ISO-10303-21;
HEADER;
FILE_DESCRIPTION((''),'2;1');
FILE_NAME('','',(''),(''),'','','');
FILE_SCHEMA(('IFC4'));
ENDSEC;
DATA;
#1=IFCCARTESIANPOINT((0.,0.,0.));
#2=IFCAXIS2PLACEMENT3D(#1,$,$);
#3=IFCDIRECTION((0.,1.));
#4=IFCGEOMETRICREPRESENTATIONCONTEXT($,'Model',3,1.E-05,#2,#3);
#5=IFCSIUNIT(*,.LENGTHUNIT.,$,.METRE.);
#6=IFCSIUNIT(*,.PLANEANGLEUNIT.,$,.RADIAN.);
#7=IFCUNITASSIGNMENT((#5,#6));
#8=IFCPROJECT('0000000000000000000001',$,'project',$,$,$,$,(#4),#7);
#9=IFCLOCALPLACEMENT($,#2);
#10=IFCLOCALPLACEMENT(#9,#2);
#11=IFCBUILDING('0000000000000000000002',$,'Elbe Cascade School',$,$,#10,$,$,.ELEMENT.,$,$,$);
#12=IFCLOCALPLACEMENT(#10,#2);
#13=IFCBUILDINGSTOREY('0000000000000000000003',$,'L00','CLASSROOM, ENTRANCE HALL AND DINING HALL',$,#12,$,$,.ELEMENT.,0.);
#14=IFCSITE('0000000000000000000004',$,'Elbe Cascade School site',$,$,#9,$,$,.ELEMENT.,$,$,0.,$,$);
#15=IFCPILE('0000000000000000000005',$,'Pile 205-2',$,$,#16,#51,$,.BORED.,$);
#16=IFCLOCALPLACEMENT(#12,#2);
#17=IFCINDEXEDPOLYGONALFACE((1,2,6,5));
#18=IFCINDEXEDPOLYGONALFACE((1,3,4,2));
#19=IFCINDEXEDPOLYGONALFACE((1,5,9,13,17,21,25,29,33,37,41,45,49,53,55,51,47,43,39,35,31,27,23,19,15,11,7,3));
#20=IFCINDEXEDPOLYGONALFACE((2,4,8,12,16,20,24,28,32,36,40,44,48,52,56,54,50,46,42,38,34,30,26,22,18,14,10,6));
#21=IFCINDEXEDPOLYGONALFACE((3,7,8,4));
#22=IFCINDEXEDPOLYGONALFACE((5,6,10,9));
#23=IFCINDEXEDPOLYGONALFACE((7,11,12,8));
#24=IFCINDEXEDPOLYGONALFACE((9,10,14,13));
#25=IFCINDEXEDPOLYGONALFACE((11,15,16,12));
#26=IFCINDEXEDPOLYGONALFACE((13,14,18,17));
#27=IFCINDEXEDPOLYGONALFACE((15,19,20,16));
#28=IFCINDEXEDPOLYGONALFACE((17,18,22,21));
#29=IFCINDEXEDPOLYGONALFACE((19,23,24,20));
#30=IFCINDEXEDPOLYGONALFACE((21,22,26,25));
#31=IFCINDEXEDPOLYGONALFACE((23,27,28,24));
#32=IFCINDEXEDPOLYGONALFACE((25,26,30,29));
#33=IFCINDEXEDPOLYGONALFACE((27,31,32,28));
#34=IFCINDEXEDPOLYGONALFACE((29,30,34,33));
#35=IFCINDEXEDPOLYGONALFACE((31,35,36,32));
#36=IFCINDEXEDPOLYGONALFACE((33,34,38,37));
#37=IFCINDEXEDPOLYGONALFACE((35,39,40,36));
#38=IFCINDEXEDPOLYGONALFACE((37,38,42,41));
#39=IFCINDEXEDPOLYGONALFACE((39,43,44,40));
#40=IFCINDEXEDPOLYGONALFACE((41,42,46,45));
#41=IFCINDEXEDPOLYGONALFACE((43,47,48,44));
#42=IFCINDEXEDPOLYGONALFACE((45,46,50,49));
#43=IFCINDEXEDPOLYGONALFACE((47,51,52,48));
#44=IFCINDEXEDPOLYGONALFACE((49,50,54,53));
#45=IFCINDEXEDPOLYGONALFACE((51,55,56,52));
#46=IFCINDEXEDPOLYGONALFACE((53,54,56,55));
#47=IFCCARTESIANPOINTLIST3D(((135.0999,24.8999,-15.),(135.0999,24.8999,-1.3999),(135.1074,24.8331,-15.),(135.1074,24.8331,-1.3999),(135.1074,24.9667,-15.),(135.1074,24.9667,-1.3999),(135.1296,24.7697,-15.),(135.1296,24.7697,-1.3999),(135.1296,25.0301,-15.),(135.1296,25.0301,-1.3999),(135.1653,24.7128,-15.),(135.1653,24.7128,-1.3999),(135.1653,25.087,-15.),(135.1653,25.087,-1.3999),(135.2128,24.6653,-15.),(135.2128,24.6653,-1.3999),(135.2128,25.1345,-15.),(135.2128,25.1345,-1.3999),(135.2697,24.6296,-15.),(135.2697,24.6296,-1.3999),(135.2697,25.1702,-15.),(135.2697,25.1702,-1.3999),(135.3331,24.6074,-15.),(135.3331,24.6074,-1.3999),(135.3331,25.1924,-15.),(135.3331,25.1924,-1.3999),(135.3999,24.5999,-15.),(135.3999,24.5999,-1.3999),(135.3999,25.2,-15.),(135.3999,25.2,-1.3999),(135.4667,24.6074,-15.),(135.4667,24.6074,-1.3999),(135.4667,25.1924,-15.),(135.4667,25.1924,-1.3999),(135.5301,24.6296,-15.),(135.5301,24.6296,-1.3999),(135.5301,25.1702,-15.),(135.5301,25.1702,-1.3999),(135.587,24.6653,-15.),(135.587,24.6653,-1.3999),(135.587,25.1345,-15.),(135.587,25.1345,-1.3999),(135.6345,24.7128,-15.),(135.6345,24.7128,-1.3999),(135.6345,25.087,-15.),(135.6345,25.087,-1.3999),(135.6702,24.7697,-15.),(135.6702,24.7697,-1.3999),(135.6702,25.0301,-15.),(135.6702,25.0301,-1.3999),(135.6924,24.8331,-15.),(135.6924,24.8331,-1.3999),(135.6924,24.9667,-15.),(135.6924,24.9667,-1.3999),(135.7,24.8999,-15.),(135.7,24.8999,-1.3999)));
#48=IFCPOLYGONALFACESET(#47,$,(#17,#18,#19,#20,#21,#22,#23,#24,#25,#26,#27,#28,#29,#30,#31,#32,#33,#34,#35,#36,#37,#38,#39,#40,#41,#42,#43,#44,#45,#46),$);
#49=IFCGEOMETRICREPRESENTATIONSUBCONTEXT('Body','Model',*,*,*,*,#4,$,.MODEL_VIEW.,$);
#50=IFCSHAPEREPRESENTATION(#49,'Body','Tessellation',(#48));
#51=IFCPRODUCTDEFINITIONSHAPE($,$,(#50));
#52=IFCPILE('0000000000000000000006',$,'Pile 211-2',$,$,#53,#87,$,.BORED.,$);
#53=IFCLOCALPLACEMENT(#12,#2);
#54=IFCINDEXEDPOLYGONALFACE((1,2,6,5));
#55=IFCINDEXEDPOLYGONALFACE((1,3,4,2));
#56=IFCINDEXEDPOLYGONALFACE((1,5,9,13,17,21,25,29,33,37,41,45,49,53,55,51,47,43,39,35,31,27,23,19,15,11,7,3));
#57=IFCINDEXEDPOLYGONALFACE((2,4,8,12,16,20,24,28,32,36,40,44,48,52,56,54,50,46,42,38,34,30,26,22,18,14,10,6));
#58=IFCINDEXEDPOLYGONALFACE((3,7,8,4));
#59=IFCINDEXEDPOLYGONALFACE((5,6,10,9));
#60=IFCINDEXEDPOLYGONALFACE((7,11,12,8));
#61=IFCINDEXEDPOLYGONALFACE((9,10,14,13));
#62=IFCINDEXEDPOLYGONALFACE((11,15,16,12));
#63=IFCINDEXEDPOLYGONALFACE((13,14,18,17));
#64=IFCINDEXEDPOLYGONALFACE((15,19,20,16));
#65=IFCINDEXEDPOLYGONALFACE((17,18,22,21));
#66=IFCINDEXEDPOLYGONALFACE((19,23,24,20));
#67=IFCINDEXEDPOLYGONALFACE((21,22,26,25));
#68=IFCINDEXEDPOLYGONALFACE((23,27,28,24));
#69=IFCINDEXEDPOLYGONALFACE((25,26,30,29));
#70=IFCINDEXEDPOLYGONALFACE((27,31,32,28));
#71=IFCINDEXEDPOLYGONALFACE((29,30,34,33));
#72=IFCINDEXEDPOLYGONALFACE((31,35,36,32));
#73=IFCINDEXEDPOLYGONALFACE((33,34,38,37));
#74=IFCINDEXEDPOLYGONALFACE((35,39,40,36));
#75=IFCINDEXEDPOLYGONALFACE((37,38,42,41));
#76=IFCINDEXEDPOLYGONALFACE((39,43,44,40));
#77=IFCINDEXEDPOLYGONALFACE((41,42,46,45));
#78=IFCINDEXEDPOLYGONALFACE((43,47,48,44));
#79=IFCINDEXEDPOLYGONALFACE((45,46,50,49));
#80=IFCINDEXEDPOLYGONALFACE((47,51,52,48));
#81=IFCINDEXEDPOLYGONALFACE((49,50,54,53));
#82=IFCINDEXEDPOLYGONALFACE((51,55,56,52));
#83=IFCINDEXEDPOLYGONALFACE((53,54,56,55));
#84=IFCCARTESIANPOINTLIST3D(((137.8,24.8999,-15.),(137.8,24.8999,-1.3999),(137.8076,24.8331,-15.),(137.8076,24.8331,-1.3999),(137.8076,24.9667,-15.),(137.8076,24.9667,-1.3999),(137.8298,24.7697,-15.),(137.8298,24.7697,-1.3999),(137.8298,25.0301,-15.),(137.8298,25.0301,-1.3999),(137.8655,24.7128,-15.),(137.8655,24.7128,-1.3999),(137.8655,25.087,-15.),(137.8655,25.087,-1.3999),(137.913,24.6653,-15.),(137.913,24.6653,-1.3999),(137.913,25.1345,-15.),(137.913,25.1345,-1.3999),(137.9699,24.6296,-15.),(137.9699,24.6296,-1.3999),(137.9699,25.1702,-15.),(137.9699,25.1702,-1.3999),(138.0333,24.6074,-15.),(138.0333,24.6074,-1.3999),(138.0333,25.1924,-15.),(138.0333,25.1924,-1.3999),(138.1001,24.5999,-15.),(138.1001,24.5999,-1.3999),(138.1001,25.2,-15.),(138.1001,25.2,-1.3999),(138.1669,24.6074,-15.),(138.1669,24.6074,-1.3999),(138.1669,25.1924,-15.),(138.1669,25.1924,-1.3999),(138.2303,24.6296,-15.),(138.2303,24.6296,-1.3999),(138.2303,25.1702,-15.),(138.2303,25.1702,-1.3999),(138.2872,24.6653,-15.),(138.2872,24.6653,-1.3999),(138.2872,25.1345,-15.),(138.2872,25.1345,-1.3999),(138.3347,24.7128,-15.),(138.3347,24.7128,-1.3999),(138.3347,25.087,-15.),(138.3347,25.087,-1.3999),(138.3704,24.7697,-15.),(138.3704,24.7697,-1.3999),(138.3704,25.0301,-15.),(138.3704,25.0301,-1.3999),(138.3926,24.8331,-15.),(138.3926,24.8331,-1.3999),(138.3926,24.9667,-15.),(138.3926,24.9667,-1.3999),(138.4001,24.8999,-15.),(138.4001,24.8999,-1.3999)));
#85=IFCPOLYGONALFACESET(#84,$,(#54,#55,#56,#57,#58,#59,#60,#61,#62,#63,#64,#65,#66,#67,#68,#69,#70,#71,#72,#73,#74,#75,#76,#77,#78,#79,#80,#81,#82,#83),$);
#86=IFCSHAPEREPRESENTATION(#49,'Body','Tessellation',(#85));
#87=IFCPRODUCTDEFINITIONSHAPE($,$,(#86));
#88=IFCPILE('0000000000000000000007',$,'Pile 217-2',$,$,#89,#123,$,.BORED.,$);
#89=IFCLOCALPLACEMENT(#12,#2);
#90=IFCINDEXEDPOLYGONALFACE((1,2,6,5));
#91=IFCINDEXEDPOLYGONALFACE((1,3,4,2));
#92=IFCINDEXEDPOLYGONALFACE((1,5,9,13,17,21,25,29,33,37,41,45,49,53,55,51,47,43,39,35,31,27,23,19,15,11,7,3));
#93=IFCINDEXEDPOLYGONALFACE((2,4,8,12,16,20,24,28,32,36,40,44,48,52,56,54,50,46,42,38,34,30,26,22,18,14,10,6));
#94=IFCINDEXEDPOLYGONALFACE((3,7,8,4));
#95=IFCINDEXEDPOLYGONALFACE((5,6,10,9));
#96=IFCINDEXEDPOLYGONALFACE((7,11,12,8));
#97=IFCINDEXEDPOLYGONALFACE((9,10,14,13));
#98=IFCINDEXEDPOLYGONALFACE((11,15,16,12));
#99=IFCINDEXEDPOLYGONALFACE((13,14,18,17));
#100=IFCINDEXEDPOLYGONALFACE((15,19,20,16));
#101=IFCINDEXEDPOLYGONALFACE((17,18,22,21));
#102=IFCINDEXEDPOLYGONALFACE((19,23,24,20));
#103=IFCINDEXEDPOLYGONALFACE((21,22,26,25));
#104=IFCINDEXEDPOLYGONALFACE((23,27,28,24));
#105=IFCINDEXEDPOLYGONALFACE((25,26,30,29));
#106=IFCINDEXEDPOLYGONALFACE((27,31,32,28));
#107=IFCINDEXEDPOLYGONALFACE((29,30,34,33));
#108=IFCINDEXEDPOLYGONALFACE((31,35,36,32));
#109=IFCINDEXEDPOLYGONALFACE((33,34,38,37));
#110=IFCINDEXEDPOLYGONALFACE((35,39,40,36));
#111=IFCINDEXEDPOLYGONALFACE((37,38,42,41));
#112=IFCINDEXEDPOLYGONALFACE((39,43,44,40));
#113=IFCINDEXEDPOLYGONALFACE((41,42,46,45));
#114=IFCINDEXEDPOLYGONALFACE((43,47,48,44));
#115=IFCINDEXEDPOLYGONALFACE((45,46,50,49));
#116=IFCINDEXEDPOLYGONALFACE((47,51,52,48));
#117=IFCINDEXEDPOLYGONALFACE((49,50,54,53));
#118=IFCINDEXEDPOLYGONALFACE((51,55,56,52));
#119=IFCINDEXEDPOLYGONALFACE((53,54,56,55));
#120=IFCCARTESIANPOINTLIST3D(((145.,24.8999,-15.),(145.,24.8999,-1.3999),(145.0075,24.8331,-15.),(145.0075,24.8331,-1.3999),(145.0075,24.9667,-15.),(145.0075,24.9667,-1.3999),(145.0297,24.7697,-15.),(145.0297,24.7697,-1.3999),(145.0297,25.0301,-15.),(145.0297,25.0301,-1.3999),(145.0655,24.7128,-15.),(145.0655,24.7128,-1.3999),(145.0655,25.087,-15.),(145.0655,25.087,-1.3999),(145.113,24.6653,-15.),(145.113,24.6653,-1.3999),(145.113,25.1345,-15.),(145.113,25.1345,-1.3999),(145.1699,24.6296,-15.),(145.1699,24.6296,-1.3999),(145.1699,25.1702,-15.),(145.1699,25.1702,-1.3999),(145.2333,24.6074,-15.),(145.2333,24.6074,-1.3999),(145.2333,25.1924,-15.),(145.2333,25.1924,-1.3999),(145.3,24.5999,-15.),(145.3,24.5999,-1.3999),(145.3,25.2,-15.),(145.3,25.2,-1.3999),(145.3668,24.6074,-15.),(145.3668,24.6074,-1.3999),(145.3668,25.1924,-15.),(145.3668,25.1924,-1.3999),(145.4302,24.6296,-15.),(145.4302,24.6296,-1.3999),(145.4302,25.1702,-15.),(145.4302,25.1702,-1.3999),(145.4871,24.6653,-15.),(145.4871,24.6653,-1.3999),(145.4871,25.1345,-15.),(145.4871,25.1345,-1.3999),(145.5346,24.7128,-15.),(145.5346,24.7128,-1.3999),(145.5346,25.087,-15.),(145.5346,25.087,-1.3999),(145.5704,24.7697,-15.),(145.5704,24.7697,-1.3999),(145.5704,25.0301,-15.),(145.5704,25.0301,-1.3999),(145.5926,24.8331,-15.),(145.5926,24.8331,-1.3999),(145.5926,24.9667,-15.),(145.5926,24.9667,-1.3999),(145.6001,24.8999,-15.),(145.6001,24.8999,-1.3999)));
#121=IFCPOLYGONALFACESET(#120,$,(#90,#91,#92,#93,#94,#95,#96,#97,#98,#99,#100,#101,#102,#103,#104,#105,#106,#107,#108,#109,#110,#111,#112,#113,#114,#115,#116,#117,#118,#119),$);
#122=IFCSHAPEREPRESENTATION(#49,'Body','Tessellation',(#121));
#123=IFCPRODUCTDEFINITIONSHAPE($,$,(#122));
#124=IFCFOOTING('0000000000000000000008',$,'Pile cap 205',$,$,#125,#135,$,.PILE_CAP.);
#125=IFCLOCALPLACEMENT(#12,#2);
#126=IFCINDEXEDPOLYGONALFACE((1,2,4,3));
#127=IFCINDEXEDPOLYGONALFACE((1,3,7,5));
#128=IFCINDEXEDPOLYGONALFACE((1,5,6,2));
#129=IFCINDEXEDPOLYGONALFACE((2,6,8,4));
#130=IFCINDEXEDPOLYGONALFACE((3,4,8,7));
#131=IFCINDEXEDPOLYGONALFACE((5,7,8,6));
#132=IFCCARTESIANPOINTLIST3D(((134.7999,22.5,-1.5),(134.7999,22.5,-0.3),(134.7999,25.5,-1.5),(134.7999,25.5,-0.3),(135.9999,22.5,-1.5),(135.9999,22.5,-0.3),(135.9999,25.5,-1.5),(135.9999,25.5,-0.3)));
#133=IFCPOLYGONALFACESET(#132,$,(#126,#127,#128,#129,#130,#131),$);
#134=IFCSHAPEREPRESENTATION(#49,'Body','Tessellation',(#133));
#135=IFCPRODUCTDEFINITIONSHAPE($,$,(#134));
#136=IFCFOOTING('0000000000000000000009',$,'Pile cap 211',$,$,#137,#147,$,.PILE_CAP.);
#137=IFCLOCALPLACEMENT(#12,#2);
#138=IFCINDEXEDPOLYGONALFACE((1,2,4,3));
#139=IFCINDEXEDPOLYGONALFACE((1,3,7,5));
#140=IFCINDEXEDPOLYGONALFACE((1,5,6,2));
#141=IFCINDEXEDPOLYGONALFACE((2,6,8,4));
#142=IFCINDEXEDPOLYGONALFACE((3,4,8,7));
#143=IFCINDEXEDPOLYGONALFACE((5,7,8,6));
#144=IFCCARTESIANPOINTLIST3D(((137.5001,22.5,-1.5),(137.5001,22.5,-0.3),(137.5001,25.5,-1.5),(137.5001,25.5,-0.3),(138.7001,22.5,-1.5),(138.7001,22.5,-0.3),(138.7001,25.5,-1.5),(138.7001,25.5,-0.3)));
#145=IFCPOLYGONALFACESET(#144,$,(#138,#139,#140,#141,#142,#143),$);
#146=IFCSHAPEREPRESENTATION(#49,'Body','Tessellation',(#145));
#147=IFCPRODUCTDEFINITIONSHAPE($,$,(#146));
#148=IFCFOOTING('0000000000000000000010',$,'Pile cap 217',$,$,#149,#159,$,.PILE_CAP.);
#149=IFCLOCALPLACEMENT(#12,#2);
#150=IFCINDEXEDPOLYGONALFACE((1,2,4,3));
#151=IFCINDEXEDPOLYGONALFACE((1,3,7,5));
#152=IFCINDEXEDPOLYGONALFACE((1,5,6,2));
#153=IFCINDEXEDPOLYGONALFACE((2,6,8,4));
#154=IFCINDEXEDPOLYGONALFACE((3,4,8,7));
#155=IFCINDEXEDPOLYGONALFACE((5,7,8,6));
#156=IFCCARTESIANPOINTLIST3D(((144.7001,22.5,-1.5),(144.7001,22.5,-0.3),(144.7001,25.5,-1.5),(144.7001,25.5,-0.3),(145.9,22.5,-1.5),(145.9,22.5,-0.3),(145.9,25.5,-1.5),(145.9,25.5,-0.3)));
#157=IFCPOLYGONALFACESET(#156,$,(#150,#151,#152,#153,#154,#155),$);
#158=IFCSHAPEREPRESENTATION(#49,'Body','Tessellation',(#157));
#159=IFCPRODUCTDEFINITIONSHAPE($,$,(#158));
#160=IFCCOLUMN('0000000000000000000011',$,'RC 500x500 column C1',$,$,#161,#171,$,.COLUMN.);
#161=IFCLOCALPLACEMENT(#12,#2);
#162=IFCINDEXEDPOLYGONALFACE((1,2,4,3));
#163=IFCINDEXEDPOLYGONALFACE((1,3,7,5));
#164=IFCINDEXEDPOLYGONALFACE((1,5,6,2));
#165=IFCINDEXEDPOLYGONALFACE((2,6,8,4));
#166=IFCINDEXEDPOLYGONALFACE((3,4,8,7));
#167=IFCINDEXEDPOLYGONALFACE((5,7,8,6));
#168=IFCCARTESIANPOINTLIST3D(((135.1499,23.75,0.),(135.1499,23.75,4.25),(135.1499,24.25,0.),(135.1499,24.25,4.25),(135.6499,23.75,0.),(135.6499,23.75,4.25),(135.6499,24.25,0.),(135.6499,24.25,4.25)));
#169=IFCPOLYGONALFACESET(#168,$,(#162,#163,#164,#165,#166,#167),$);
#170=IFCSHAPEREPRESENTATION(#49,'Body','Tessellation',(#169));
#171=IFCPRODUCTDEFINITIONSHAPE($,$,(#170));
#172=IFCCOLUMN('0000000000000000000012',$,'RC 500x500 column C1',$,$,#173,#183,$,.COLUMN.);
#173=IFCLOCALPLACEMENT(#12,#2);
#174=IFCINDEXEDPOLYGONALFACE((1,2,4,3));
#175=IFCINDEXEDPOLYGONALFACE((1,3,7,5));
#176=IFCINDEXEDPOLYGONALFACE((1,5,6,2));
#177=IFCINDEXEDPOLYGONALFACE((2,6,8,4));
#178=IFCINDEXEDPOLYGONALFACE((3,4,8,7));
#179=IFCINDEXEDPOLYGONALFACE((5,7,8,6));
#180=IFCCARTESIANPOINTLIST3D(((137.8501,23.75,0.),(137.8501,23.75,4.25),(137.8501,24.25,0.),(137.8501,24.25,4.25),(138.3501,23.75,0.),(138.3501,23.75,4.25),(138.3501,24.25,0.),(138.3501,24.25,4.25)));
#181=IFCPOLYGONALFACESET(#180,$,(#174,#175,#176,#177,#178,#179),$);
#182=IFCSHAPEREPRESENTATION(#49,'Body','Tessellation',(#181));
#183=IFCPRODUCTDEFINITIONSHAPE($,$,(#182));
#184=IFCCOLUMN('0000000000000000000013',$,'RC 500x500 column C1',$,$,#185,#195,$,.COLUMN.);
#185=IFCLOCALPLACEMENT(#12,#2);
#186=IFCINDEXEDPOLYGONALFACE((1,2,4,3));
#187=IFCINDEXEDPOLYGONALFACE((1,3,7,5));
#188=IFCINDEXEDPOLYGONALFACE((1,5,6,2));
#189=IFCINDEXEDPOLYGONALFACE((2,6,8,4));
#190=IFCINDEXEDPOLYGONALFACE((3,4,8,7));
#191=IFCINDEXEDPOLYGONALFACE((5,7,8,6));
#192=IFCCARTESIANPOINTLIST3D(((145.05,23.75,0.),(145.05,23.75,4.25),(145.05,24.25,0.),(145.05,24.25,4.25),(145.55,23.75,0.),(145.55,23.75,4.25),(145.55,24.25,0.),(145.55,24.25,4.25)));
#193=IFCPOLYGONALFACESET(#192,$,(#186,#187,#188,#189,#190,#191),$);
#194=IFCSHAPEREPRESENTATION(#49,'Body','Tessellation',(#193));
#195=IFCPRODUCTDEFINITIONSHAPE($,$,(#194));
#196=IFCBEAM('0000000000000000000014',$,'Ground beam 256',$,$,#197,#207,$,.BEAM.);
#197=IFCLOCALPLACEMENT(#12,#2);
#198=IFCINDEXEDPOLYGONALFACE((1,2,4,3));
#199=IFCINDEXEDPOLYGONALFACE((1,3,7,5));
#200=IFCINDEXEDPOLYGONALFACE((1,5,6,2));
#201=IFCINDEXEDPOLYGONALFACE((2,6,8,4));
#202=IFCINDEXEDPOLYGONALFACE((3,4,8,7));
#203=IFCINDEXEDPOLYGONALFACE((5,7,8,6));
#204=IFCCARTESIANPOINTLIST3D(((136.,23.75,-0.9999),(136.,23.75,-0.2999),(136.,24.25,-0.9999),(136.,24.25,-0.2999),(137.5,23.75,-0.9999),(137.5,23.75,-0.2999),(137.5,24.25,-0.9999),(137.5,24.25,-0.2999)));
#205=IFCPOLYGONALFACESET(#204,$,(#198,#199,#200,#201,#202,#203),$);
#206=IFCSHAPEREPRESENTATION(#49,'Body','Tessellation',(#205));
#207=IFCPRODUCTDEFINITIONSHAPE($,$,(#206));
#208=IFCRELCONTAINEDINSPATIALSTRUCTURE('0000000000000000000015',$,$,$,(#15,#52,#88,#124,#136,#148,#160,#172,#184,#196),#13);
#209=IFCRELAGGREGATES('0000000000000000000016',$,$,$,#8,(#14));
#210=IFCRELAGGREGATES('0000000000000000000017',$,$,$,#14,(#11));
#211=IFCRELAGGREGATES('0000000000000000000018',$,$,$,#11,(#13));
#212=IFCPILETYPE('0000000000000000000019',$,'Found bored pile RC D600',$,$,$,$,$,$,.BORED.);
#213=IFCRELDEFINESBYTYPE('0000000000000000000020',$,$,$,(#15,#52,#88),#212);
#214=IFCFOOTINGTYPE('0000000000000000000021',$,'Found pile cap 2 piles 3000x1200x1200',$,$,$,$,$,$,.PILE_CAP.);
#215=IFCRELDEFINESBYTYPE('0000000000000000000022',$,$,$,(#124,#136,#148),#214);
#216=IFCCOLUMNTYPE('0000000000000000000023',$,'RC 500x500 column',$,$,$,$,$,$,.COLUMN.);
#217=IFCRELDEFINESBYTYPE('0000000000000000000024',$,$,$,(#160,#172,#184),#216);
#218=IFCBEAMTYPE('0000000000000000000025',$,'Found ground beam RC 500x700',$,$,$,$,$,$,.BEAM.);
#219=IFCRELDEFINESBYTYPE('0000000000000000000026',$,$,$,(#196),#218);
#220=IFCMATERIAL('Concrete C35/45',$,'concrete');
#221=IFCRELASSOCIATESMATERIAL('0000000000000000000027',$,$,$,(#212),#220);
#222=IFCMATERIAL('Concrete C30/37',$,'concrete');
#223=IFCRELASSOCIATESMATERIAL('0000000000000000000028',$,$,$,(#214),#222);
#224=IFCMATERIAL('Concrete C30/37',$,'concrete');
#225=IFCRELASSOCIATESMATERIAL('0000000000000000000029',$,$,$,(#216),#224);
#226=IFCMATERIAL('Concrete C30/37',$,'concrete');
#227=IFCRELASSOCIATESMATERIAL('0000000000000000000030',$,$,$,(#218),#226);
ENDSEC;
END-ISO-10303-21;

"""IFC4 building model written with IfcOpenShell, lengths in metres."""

from ifc_helpers import new_model, si_unit, direction, frame, origin, origin_2d, place, context, subcontext, project, spatial, rectangle, circle, extrude, material, material_profile, profile_set, type_object, element, save


model = new_model("IFC4")

# Units and contexts
model_context = context("Model", 3, precision=1e-05, world=origin(), true_north=direction((0.0, 1.0)))
body_context = subcontext(model_context, "Body", "Model", "MODEL_VIEW")
ifc_project = project(units=[si_unit("LENGTHUNIT", "METRE"), si_unit("PLANEANGLEUNIT", "RADIAN")], contexts=[model_context])

# Site, building, storey
site_placement = place(None, origin())
site = spatial("IfcSite", under=ifc_project, at=site_placement, Name="Elbe Cascade School site", CompositionType="ELEMENT", RefElevation=0.0)
building_placement = place(site_placement, origin())
building = spatial("IfcBuilding", under=site, at=building_placement, Name="Elbe Cascade School", CompositionType="ELEMENT")
storey_placement = place(building_placement, origin())
storey = spatial("IfcBuildingStorey", under=building, at=storey_placement, Name="L00", Description="CLASSROOM, ENTRANCE HALL AND DINING HALL", CompositionType="ELEMENT", Elevation=0.0)

# Piles
ifc_material_1 = material(Name="Concrete C35/45", Category="concrete")
ifc_material_profile_1 = material_profile(ifc_material_1, circle(Radius=0.3, at=origin_2d()), Name="RC D600")
ifc_profile_set_1 = profile_set([ifc_material_profile_1], Name="Concrete C35/45")
pile_type = type_object("IfcPileType", Name="Found bored pile RC D600", PredefinedType="BORED", material=ifc_profile_set_1)
for number, where, z_axis, x_axis, name in (
    (1, (135.3999, 24.8999, -1.3999), (0.0, 0.0, -1.0), (1.0, 0.0, 0.0), "Pile 205-2"),
    (2, (138.1001, 24.8999, -1.3999), (0.0, 0.0, -1.0), (1.0, 0.0, 0.0), "Pile 211-2"),
    (3, (145.3, 24.8999, -1.3999), (0.0, 0.0, -1.0), (1.0, 0.0, 0.0), "Pile 217-2"),
):
    element("IfcPile", number, at=place(storey_placement, frame(where, z_axis=z_axis, x_axis=x_axis)), inside=storey, type_object=pile_type, Name=name, PredefinedType="BORED", context=body_context, shape_type="SweptSolid", body=[
        extrude(circle(Radius=0.3, at=origin_2d()), origin(), (0.0, 0.0, 1.0), 13.6001),
    ])

# Footings
ifc_material_2 = material(Name="Concrete C30/37", Category="concrete")
footing_type = type_object("IfcFootingType", Name="Found pile cap 2 piles 3000x1200x1200", PredefinedType="PILE_CAP", material=ifc_material_2)
for number, where, z_axis, x_axis, name in (
    (4, (135.3999, 24.0, -1.5), (0.0, 0.0, 1.0), (1.0, 0.0, 0.0), "Pile cap 205"),
    (5, (138.1001, 24.0, -1.5), (0.0, 0.0, 1.0), (1.0, 0.0, 0.0), "Pile cap 211"),
    (6, (145.3, 24.0, -1.5), (0.0, 0.0, 1.0), (1.0, 0.0, 0.0), "Pile cap 217"),
):
    element("IfcFooting", number, at=place(storey_placement, frame(where, z_axis=z_axis, x_axis=x_axis)), inside=storey, type_object=footing_type, Name=name, PredefinedType="PILE_CAP", context=body_context, shape_type="SweptSolid", body=[
        extrude(rectangle(XDim=1.2, YDim=3.0, at=origin_2d()), origin(), (0.0, 0.0, 1.0), 1.2),
    ])

# Columns
ifc_material_3 = material(Name="Concrete C30/37", Category="concrete")
ifc_material_profile_2 = material_profile(ifc_material_3, rectangle(XDim=0.5, YDim=0.5, at=origin_2d()), Name="RC 500x500")
ifc_profile_set_2 = profile_set([ifc_material_profile_2], Name="Concrete C30/37")
column_type = type_object("IfcColumnType", Name="RC 500x500 column", PredefinedType="COLUMN", material=ifc_profile_set_2)
for number, where, z_axis, x_axis, name in (
    (7, (135.3999, 24.0, 0.0), (0.0, 0.0, 1.0), (1.0, 0.0, 0.0), "RC 500x500 column C1"),
    (8, (138.1001, 24.0, 0.0), (0.0, 0.0, 1.0), (1.0, 0.0, 0.0), "RC 500x500 column C1"),
    (9, (145.3, 24.0, 0.0), (0.0, 0.0, 1.0), (1.0, 0.0, 0.0), "RC 500x500 column C1"),
):
    element("IfcColumn", number, at=place(storey_placement, frame(where, z_axis=z_axis, x_axis=x_axis)), inside=storey, type_object=column_type, Name=name, PredefinedType="COLUMN", context=body_context, shape_type="SweptSolid", body=[
        extrude(rectangle(XDim=0.5, YDim=0.5, at=origin_2d()), origin(), (0.0, 0.0, 1.0), 4.25),
    ])

# Beam
ifc_material_4 = material(Name="Concrete C30/37", Category="concrete")
ifc_material_profile_3 = material_profile(ifc_material_4, rectangle(XDim=0.5, YDim=0.7, at=origin_2d()), Name="RC 500x700")
ifc_profile_set_3 = profile_set([ifc_material_profile_3], Name="Concrete C30/37")
beam_type_1 = type_object("IfcBeamType", Name="Found ground beam RC 500x700", PredefinedType="BEAM", material=ifc_profile_set_3)
beam_1_placement = place(storey_placement, frame((136.0, 24.0, -0.6499), z_axis=(1.0, 0.0, 0.0), x_axis=(0.0, 1.0, 0.0)))
element("IfcBeam", 10, at=beam_1_placement, inside=storey, type_object=beam_type_1, Name="Ground beam 256", PredefinedType="BEAM", context=body_context, shape_type="SweptSolid", body=[
    extrude(rectangle(XDim=0.5, YDim=0.7, at=origin_2d()), origin(), (0.0, 0.0, 1.0), 1.5),
])

save(model, "model.ifc")
